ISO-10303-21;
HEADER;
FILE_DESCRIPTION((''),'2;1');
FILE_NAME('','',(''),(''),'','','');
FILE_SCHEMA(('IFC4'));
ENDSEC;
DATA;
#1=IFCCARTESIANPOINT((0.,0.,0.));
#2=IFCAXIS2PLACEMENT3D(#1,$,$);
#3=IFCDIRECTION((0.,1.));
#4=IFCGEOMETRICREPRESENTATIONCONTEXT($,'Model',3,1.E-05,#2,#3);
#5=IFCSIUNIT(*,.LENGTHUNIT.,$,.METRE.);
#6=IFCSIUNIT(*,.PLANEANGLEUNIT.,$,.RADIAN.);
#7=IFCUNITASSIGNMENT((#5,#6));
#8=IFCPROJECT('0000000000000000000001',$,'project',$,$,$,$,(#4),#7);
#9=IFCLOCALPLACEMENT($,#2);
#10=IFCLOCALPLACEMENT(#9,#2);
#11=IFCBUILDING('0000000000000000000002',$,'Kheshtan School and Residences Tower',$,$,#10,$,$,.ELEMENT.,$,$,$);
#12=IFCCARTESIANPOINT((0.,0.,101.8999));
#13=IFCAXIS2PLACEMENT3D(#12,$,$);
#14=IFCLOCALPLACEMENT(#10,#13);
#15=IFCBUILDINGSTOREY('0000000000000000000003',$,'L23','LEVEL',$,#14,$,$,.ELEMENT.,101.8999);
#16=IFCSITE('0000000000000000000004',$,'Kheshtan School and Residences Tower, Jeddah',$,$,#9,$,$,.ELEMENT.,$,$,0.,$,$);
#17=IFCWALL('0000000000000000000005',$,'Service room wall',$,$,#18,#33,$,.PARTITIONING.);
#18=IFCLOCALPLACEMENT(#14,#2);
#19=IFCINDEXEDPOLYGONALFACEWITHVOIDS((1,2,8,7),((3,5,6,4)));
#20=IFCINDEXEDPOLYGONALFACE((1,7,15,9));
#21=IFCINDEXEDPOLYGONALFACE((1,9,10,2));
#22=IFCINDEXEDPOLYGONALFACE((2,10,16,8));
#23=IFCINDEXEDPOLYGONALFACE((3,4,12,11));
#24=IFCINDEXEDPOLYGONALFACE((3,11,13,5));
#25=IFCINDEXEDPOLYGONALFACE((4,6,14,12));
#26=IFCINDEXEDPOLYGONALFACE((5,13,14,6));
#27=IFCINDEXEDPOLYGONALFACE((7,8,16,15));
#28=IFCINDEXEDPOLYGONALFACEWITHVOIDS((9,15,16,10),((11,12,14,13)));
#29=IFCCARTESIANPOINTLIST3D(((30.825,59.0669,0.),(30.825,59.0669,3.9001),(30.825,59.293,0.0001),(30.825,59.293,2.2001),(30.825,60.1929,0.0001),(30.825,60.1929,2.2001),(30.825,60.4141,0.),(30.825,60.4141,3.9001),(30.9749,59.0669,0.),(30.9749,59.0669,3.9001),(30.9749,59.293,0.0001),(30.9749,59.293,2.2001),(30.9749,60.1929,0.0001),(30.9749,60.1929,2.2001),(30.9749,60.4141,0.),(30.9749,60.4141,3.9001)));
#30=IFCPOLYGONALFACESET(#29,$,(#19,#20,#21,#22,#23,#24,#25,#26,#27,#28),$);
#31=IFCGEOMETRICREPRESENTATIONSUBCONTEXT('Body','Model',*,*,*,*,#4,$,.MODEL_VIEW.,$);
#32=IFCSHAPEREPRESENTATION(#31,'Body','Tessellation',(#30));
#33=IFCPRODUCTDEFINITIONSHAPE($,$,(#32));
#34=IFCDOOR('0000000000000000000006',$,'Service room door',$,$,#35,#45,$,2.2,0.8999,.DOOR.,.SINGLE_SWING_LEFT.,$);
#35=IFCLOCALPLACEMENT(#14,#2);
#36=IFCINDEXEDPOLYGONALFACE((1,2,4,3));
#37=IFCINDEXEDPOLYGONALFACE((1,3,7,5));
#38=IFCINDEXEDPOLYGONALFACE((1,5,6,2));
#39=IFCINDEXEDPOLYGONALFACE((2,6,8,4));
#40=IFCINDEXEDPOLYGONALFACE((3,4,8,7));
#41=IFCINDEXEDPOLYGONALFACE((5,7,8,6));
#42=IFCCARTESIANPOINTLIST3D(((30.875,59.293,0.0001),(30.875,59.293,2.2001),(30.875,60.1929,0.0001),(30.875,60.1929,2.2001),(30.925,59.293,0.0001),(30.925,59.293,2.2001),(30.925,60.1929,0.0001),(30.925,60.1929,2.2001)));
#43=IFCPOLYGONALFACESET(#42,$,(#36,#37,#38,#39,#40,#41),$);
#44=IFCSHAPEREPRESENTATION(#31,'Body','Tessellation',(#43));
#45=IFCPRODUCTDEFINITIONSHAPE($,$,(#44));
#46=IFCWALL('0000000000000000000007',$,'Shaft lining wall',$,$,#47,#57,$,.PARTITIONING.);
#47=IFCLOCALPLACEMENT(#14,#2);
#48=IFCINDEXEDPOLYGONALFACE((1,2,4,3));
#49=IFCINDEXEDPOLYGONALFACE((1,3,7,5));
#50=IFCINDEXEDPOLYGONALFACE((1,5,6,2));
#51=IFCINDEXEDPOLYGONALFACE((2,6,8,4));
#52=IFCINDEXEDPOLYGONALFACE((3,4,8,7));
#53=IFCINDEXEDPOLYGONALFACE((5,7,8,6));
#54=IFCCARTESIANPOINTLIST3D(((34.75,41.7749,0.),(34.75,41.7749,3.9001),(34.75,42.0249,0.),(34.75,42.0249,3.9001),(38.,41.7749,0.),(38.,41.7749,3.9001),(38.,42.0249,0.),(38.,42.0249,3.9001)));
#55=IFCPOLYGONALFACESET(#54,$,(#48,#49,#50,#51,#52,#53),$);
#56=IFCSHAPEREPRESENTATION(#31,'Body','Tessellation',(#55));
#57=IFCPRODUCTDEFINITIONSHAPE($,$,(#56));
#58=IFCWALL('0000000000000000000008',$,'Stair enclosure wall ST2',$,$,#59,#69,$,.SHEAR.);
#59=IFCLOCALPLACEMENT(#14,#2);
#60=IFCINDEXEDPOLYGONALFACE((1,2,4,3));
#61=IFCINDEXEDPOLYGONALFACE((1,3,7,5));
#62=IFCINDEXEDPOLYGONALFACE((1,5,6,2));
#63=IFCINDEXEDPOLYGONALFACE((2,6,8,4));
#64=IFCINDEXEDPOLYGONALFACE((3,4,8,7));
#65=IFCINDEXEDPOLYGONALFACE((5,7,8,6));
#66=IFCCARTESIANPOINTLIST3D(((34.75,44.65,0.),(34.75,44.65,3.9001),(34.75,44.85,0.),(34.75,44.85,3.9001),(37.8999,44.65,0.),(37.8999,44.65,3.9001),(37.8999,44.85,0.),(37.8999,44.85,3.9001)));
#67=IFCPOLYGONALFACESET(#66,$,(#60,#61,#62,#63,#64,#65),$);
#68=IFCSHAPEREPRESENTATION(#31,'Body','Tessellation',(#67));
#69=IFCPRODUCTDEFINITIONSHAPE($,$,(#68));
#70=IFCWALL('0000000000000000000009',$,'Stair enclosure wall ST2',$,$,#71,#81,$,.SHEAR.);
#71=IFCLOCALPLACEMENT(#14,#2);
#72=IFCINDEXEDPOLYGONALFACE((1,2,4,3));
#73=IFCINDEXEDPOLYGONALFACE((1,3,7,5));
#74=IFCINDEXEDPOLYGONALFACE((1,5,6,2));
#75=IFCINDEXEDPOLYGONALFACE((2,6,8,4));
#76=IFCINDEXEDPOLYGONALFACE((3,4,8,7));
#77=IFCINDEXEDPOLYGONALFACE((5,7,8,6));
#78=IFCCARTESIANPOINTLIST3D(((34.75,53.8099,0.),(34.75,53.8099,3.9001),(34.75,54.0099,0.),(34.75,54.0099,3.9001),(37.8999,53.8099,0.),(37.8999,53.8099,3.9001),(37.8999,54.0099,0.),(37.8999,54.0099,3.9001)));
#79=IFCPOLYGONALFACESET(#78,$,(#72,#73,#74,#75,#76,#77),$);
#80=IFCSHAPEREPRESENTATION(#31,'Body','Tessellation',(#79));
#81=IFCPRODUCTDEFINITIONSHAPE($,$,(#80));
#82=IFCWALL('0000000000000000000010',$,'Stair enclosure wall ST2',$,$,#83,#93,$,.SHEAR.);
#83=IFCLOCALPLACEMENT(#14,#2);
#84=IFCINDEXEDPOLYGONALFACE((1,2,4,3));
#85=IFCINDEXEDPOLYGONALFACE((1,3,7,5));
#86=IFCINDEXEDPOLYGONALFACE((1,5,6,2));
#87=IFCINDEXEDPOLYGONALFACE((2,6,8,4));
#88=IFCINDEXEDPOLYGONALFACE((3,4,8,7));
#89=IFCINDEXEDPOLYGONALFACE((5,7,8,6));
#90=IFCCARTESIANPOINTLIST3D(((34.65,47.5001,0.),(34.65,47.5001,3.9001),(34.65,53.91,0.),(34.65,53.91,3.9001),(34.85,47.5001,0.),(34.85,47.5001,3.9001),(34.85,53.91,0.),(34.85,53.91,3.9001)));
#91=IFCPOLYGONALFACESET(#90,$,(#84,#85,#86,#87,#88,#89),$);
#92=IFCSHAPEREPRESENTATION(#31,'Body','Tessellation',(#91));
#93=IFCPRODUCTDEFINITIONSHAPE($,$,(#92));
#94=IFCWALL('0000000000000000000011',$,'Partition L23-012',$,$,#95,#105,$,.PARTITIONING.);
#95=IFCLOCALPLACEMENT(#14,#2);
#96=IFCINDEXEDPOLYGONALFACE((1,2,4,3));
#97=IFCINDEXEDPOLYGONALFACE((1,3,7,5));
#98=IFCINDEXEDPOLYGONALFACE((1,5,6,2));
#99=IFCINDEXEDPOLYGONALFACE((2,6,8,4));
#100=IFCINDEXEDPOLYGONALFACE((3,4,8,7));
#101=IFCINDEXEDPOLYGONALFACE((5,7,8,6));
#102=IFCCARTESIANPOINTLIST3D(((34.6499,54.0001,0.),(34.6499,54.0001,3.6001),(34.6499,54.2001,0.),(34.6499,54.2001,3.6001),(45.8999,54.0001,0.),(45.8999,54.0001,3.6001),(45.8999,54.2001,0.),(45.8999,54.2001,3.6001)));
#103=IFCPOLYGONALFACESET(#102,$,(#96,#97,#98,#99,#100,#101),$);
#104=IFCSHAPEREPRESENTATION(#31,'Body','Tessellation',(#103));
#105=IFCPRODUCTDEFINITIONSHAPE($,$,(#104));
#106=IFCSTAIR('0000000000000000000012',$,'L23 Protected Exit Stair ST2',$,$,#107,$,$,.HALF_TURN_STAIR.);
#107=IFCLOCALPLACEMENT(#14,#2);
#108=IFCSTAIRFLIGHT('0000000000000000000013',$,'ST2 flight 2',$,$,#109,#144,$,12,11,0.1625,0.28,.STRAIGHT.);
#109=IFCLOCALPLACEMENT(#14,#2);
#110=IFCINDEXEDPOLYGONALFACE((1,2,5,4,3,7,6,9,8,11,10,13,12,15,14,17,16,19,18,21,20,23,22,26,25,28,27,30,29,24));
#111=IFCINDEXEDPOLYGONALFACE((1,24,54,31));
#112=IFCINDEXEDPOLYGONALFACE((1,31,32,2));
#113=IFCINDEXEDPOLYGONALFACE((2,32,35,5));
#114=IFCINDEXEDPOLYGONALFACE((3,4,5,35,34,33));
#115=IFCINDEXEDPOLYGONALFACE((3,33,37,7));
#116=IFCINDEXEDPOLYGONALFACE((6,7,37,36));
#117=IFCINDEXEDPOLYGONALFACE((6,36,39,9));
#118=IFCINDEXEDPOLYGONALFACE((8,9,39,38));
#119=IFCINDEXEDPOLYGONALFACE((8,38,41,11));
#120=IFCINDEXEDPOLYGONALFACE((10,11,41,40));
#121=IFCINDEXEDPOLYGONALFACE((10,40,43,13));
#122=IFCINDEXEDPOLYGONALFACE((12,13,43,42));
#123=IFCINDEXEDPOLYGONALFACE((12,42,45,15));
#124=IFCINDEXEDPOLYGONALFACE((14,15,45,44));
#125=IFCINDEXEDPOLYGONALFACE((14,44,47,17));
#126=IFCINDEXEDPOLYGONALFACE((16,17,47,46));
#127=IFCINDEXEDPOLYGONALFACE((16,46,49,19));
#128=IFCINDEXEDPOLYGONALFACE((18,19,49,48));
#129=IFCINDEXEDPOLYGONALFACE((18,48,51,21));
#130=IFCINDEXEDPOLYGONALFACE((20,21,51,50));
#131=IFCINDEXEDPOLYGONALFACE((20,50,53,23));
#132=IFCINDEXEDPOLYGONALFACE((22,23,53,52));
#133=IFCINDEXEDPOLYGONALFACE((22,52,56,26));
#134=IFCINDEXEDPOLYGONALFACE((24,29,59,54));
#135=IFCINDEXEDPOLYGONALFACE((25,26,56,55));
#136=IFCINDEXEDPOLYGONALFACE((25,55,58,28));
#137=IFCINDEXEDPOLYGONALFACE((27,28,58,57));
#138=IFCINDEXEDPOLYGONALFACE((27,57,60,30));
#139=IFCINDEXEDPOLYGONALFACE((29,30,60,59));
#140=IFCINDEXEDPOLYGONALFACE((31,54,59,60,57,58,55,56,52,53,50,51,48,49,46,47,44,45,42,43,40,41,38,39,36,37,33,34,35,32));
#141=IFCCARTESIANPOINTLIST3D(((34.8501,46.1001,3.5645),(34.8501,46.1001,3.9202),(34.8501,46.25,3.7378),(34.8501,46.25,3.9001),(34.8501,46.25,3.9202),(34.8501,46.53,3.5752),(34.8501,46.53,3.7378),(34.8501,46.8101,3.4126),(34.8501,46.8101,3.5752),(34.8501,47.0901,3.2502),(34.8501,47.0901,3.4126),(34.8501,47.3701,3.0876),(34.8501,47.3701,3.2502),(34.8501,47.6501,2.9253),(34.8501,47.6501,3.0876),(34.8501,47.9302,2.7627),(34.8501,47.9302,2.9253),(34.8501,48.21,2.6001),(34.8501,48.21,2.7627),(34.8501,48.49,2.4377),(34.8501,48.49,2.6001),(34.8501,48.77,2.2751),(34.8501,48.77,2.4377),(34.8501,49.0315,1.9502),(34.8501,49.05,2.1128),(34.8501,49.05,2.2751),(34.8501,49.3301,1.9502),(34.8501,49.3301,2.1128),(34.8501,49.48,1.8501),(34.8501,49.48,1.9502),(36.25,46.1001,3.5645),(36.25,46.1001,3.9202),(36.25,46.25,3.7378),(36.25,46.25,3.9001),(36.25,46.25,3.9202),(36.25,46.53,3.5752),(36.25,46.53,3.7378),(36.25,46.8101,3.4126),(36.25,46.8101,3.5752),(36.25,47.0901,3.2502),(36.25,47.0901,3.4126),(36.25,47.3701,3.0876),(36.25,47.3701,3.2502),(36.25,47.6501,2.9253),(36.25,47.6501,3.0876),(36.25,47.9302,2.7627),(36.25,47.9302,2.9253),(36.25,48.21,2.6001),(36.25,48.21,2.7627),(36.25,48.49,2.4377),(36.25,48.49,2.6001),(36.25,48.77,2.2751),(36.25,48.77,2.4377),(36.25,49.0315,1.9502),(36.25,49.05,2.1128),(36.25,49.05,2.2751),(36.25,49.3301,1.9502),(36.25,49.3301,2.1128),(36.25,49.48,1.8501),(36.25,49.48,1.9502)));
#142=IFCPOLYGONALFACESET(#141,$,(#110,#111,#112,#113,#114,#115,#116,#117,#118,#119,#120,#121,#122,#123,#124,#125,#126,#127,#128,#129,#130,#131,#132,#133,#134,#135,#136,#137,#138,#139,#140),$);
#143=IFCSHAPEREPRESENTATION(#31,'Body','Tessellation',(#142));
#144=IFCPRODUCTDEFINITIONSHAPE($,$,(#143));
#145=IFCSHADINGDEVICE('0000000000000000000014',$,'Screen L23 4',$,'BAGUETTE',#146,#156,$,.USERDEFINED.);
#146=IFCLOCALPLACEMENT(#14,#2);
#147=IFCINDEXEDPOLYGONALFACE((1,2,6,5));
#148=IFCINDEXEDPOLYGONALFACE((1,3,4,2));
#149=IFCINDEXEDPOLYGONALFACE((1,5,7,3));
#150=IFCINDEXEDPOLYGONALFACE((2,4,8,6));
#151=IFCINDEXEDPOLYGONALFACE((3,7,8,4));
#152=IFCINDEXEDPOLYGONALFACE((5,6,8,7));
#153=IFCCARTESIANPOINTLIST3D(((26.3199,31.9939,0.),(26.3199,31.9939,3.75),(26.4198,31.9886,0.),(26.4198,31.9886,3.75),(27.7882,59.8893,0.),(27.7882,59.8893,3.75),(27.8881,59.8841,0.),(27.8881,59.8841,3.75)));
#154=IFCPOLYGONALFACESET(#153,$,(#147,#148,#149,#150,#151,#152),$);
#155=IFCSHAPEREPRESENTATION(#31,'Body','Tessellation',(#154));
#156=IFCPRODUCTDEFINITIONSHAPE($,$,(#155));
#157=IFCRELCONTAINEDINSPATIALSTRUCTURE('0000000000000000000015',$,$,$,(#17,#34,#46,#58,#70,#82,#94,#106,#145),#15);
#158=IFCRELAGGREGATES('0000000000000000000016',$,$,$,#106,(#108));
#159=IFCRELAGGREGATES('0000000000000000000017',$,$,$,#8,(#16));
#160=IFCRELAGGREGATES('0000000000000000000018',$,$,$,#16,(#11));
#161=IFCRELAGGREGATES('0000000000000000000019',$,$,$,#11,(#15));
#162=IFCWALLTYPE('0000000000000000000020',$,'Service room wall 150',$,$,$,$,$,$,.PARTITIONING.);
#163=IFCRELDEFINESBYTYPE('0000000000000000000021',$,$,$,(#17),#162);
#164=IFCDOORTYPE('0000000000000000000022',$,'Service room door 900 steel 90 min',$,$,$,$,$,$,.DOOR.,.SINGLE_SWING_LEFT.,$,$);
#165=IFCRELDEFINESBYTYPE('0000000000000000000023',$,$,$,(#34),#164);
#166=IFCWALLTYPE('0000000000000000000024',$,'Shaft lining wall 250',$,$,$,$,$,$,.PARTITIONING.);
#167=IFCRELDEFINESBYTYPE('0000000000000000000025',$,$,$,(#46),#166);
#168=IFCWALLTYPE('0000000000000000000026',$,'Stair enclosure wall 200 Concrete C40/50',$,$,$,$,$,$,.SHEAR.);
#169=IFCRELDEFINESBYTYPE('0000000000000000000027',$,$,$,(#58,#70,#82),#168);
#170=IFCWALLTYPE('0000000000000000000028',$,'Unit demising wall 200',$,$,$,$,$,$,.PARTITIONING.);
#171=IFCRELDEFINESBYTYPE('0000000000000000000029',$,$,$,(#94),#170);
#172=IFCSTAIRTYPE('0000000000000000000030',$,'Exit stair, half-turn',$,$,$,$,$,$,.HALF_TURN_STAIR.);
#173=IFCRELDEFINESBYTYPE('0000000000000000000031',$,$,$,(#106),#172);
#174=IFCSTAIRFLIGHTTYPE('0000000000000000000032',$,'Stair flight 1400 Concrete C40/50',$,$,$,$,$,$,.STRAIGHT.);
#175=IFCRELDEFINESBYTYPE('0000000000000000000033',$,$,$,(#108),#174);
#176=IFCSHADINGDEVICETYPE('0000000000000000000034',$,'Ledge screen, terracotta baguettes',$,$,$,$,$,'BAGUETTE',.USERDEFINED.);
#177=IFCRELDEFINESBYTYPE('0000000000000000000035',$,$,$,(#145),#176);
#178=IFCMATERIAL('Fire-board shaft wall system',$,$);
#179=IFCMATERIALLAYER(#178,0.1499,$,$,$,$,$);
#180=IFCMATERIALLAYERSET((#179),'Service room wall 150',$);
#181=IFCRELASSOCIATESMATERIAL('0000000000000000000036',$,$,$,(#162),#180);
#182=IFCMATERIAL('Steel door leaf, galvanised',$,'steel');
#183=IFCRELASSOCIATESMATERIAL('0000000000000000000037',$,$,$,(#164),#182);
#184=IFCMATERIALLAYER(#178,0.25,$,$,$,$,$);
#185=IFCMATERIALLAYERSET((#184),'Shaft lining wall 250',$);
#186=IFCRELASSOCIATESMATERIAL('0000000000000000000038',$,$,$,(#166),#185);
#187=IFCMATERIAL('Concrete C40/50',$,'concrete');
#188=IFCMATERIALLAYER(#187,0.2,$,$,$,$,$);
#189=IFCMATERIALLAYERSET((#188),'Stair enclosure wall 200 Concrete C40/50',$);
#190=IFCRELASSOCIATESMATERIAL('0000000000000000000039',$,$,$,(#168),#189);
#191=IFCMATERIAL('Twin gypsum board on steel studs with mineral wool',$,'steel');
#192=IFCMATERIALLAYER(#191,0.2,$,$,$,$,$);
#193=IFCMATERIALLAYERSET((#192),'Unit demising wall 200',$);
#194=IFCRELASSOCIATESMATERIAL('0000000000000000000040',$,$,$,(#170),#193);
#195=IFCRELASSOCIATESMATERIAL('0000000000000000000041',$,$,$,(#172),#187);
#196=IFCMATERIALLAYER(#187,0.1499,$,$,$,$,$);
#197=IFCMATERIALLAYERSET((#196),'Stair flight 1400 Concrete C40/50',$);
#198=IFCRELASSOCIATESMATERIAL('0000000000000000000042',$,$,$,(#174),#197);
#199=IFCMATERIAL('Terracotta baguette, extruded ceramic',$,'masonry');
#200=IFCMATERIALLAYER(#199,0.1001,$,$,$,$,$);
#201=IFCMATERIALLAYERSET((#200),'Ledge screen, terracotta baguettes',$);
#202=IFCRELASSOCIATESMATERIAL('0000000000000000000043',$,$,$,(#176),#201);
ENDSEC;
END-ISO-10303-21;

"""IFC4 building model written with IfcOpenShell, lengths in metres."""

from ifc_helpers import new_model, si_unit, direction, frame, frame_2d, origin, origin_2d, place, context, subcontext, project, spatial, polyline, rectangle, outline, extrude, source, transform, mapped, material, layer, layer_set, type_object, element, fill, aggregate, save


model = new_model("IFC4")

# Units and contexts
model_context = context("Model", 3, precision=1e-05, world=origin(), true_north=direction((0.0, 1.0)))
body_context = subcontext(model_context, "Body", "Model", "MODEL_VIEW")
ifc_project = project(units=[si_unit("LENGTHUNIT", "METRE"), si_unit("PLANEANGLEUNIT", "RADIAN")], contexts=[model_context])

# Site, building, storey
site_placement = place(None, origin())
site = spatial("IfcSite", under=ifc_project, at=site_placement, Name="Kheshtan School and Residences Tower, Jeddah", CompositionType="ELEMENT", RefElevation=0.0)
building_placement = place(site_placement, origin())
building = spatial("IfcBuilding", under=site, at=building_placement, Name="Kheshtan School and Residences Tower", CompositionType="ELEMENT")
storey_placement = place(building_placement, frame((0.0, 0.0, 101.8999)))
storey = spatial("IfcBuildingStorey", under=building, at=storey_placement, Name="L23", Description="LEVEL", CompositionType="ELEMENT", Elevation=101.8999)

# Shared definitions
ifc_material_1 = material(Name="Fire-board shaft wall system")
ifc_layer_1 = layer(ifc_material_1, 0.1499)
ifc_layer_set_1 = layer_set([ifc_layer_1], Name="Service room wall 150")
wall_type_1 = type_object("IfcWallType", Name="Service room wall 150", PredefinedType="PARTITIONING", material=ifc_layer_set_1)

# Wall, opening, door
wall_1_placement = place(storey_placement, frame((30.8999, 59.0669, 0.0), z_axis=(0.0, 0.0, 1.0), x_axis=(0.0, 1.0, 0.0)))
wall_1 = element("IfcWall", 1, at=wall_1_placement, inside=storey, type_object=wall_type_1, Name="Service room wall", PredefinedType="PARTITIONING", context=body_context, shape_type="SweptSolid", body=[
    extrude(rectangle(XDim=1.3472, YDim=0.1499, at=frame_2d((0.6736, 0.0))), origin(), (0.0, 0.0, 1.0), 3.9001),
])
opening_1_placement = place(wall_1_placement, frame((0.2261, 0.0, 0.0)))
opening_1 = element("IfcOpeningElement", 2, at=opening_1_placement, cuts=wall_1, PredefinedType="OPENING", context=body_context, shape_type="SweptSolid", body=[
    extrude(rectangle(XDim=0.8999, YDim=2.2, at=frame_2d((0.45, 1.1001))), frame((0.0, 0.085, 0.0), z_axis=(0.0, -1.0, 0.0), x_axis=(1.0, 0.0, 0.0)), (0.0, 0.0, 1.0), 0.1699),
])
ifc_material_2 = material(Name="Steel door leaf, galvanised", Category="steel")
door_type_1 = type_object("IfcDoorType", Name="Service room door 900 steel 90 min", OperationType="SINGLE_SWING_LEFT", PredefinedType="DOOR", material=ifc_material_2)
shared_shape_1 = source(origin(), body_context, "Body", "SweptSolid", [
    extrude(rectangle(XDim=0.8999, YDim=2.2, at=frame_2d((0.45, 1.1001))), frame((0.0, 0.0249, 0.0), z_axis=(0.0, -1.0, 0.0), x_axis=(1.0, 0.0, 0.0)), (0.0, 0.0, 1.0), 0.05),
])
door_1_placement = place(opening_1_placement, origin())
door_1 = element("IfcDoor", 3, at=door_1_placement, inside=storey, type_object=door_type_1, Name="Service room door", OperationType="SINGLE_SWING_LEFT", OverallHeight=2.2, OverallWidth=0.8999, PredefinedType="DOOR", context=body_context, shape_type="MappedRepresentation", body=[
    mapped(shared_shape_1, transform((0.0, 0.0, 0.0), x_axis=(1.0, 0.0, 0.0), y_axis=(0.0, 1.0, 0.0), z_axis=(0.0, 0.0, 1.0), scale=1.0)),
])
fill(opening_1, door_1)

# Walls
ifc_layer_2 = layer(ifc_material_1, 0.25)
ifc_layer_set_2 = layer_set([ifc_layer_2], Name="Shaft lining wall 250")
wall_type_2 = type_object("IfcWallType", Name="Shaft lining wall 250", PredefinedType="PARTITIONING", material=ifc_layer_set_2)
wall_2_placement = place(storey_placement, frame((34.75, 41.8999, 0.0), z_axis=(0.0, 0.0, 1.0), x_axis=(1.0, 0.0, 0.0)))
element("IfcWall", 4, at=wall_2_placement, inside=storey, type_object=wall_type_2, Name="Shaft lining wall", PredefinedType="PARTITIONING", context=body_context, shape_type="SweptSolid", body=[
    extrude(rectangle(XDim=3.25, YDim=0.25, at=frame_2d((1.625, 0.0))), origin(), (0.0, 0.0, 1.0), 3.9001),
])
ifc_material_3 = material(Name="Concrete C40/50", Category="concrete")
ifc_layer_3 = layer(ifc_material_3, 0.2)
ifc_layer_set_3 = layer_set([ifc_layer_3], Name="Stair enclosure wall 200 Concrete C40/50")
wall_type_3 = type_object("IfcWallType", Name="Stair enclosure wall 200 Concrete C40/50", PredefinedType="SHEAR", material=ifc_layer_set_3)
for number, where, z_axis, x_axis, name in (
    (5, (34.75, 44.75, 0.0), (0.0, 0.0, 1.0), (1.0, 0.0, 0.0), "Stair enclosure wall ST2"),
    (6, (34.75, 53.9099, 0.0), (0.0, 0.0, 1.0), (1.0, 0.0, 0.0), "Stair enclosure wall ST2"),
):
    element("IfcWall", number, at=place(storey_placement, frame(where, z_axis=z_axis, x_axis=x_axis)), inside=storey, type_object=wall_type_3, Name=name, PredefinedType="SHEAR", context=body_context, shape_type="SweptSolid", body=[
        extrude(rectangle(XDim=3.1499, YDim=0.2, at=frame_2d((1.575, 0.0))), origin(), (0.0, 0.0, 1.0), 3.9001),
    ])
wall_3_placement = place(storey_placement, frame((34.75, 47.5, 0.0), z_axis=(0.0, 0.0, 1.0), x_axis=(0.0, 1.0, 0.0)))
element("IfcWall", 7, at=wall_3_placement, inside=storey, type_object=wall_type_3, Name="Stair enclosure wall ST2", PredefinedType="SHEAR", context=body_context, shape_type="SweptSolid", body=[
    extrude(rectangle(XDim=6.4099, YDim=0.2, at=frame_2d((3.2051, 0.0))), origin(), (0.0, 0.0, 1.0), 3.9001),
])
ifc_material_4 = material(Name="Twin gypsum board on steel studs with mineral wool", Category="steel")
ifc_layer_4 = layer(ifc_material_4, 0.2)
ifc_layer_set_4 = layer_set([ifc_layer_4], Name="Unit demising wall 200")
wall_type_4 = type_object("IfcWallType", Name="Unit demising wall 200", PredefinedType="PARTITIONING", material=ifc_layer_set_4)
wall_4_placement = place(storey_placement, frame((34.6499, 54.1001, 0.0), z_axis=(0.0, 0.0, 1.0), x_axis=(1.0, 0.0, 0.0)))
element("IfcWall", 8, at=wall_4_placement, inside=storey, type_object=wall_type_4, Name="Partition L23-012", PredefinedType="PARTITIONING", context=body_context, shape_type="SweptSolid", body=[
    extrude(rectangle(XDim=11.25, YDim=0.2, at=frame_2d((5.625, 0.0))), origin(), (0.0, 0.0, 1.0), 3.6001),
])

# Stair, stair flight
stair_type = type_object("IfcStairType", Name="Exit stair, half-turn", PredefinedType="HALF_TURN_STAIR", material=ifc_material_3)
stair_placement = place(storey_placement, origin())
stair = element("IfcStair", 9, at=stair_placement, inside=storey, type_object=stair_type, Name="L23 Protected Exit Stair ST2", PredefinedType="HALF_TURN_STAIR")
ifc_layer_5 = layer(ifc_material_3, 0.1499)
ifc_layer_set_5 = layer_set([ifc_layer_5], Name="Stair flight 1400 Concrete C40/50")
stair_flight_type = type_object("IfcStairFlightType", Name="Stair flight 1400 Concrete C40/50", PredefinedType="STRAIGHT", material=ifc_layer_set_5)
stair_flight_placement = place(storey_placement, frame((35.55, 49.3301, 1.9502), z_axis=(0.0, 0.0, 1.0), x_axis=(0.0, -1.0, 0.0)))
stair_flight = element("IfcStairFlight", 10, at=stair_flight_placement, type_object=stair_flight_type, Name="ST2 flight 2", NumberOfRisers=12, NumberOfTreads=11, PredefinedType="STRAIGHT", RiserHeight=0.1625, TreadLength=0.28, context=body_context, shape_type="SweptSolid", body=[
    extrude(outline(polyline([(-0.1499, -0.1001), (-0.1499, 0.0), (0.0, 0.0), (0.0, 0.1626), (0.28, 0.1626), (0.28, 0.325), (0.5601, 0.325), (0.5601, 0.4875), (0.8401, 0.4875), (0.8401, 0.6499), (1.1201, 0.6499), (1.1201, 0.8125), (1.3999, 0.8125), (1.3999, 0.9751), (1.6799, 0.9751), (1.6799, 1.1375), (1.96, 1.1375), (1.96, 1.3), (2.24, 1.3), (2.24, 1.4624), (2.52, 1.4624), (2.52, 1.625), (2.8, 1.625), (2.8, 1.7876), (3.0801, 1.7876), (3.0801, 1.95), (3.0801, 1.97), (3.23, 1.97), (3.23, 1.6143), (0.2986, 0.0), (-0.1499, -0.1001)])), frame((0.0, 0.7, 0.0), z_axis=(0.0, -1.0, 0.0), x_axis=(1.0, 0.0, 0.0)), (0.0, 0.0, 1.0), 1.3999),
])
aggregate(stair, [stair_flight])

# Shading device
ifc_material_5 = material(Name="Terracotta baguette, extruded ceramic", Category="masonry")
ifc_layer_6 = layer(ifc_material_5, 0.1001)
ifc_layer_set_6 = layer_set([ifc_layer_6], Name="Ledge screen, terracotta baguettes")
shading_device_type = type_object("IfcShadingDeviceType", Name="Ledge screen, terracotta baguettes", ElementType="BAGUETTE", PredefinedType="USERDEFINED", material=ifc_layer_set_6)
shading_device_placement = place(storey_placement, frame((27.104, 45.939, 0.0), z_axis=(0.0, 0.0, 1.0), x_axis=(0.052563, 0.998618, 0.0)))
element("IfcShadingDevice", 11, at=shading_device_placement, inside=storey, type_object=shading_device_type, Name="Screen L23 4", ObjectType="BAGUETTE", PredefinedType="USERDEFINED", context=body_context, shape_type="SweptSolid", body=[
    extrude(rectangle(XDim=27.9341, YDim=0.1001, at=origin_2d()), origin(), (0.0, 0.0, 1.0), 3.75),
])

save(model, "model.ifc")
